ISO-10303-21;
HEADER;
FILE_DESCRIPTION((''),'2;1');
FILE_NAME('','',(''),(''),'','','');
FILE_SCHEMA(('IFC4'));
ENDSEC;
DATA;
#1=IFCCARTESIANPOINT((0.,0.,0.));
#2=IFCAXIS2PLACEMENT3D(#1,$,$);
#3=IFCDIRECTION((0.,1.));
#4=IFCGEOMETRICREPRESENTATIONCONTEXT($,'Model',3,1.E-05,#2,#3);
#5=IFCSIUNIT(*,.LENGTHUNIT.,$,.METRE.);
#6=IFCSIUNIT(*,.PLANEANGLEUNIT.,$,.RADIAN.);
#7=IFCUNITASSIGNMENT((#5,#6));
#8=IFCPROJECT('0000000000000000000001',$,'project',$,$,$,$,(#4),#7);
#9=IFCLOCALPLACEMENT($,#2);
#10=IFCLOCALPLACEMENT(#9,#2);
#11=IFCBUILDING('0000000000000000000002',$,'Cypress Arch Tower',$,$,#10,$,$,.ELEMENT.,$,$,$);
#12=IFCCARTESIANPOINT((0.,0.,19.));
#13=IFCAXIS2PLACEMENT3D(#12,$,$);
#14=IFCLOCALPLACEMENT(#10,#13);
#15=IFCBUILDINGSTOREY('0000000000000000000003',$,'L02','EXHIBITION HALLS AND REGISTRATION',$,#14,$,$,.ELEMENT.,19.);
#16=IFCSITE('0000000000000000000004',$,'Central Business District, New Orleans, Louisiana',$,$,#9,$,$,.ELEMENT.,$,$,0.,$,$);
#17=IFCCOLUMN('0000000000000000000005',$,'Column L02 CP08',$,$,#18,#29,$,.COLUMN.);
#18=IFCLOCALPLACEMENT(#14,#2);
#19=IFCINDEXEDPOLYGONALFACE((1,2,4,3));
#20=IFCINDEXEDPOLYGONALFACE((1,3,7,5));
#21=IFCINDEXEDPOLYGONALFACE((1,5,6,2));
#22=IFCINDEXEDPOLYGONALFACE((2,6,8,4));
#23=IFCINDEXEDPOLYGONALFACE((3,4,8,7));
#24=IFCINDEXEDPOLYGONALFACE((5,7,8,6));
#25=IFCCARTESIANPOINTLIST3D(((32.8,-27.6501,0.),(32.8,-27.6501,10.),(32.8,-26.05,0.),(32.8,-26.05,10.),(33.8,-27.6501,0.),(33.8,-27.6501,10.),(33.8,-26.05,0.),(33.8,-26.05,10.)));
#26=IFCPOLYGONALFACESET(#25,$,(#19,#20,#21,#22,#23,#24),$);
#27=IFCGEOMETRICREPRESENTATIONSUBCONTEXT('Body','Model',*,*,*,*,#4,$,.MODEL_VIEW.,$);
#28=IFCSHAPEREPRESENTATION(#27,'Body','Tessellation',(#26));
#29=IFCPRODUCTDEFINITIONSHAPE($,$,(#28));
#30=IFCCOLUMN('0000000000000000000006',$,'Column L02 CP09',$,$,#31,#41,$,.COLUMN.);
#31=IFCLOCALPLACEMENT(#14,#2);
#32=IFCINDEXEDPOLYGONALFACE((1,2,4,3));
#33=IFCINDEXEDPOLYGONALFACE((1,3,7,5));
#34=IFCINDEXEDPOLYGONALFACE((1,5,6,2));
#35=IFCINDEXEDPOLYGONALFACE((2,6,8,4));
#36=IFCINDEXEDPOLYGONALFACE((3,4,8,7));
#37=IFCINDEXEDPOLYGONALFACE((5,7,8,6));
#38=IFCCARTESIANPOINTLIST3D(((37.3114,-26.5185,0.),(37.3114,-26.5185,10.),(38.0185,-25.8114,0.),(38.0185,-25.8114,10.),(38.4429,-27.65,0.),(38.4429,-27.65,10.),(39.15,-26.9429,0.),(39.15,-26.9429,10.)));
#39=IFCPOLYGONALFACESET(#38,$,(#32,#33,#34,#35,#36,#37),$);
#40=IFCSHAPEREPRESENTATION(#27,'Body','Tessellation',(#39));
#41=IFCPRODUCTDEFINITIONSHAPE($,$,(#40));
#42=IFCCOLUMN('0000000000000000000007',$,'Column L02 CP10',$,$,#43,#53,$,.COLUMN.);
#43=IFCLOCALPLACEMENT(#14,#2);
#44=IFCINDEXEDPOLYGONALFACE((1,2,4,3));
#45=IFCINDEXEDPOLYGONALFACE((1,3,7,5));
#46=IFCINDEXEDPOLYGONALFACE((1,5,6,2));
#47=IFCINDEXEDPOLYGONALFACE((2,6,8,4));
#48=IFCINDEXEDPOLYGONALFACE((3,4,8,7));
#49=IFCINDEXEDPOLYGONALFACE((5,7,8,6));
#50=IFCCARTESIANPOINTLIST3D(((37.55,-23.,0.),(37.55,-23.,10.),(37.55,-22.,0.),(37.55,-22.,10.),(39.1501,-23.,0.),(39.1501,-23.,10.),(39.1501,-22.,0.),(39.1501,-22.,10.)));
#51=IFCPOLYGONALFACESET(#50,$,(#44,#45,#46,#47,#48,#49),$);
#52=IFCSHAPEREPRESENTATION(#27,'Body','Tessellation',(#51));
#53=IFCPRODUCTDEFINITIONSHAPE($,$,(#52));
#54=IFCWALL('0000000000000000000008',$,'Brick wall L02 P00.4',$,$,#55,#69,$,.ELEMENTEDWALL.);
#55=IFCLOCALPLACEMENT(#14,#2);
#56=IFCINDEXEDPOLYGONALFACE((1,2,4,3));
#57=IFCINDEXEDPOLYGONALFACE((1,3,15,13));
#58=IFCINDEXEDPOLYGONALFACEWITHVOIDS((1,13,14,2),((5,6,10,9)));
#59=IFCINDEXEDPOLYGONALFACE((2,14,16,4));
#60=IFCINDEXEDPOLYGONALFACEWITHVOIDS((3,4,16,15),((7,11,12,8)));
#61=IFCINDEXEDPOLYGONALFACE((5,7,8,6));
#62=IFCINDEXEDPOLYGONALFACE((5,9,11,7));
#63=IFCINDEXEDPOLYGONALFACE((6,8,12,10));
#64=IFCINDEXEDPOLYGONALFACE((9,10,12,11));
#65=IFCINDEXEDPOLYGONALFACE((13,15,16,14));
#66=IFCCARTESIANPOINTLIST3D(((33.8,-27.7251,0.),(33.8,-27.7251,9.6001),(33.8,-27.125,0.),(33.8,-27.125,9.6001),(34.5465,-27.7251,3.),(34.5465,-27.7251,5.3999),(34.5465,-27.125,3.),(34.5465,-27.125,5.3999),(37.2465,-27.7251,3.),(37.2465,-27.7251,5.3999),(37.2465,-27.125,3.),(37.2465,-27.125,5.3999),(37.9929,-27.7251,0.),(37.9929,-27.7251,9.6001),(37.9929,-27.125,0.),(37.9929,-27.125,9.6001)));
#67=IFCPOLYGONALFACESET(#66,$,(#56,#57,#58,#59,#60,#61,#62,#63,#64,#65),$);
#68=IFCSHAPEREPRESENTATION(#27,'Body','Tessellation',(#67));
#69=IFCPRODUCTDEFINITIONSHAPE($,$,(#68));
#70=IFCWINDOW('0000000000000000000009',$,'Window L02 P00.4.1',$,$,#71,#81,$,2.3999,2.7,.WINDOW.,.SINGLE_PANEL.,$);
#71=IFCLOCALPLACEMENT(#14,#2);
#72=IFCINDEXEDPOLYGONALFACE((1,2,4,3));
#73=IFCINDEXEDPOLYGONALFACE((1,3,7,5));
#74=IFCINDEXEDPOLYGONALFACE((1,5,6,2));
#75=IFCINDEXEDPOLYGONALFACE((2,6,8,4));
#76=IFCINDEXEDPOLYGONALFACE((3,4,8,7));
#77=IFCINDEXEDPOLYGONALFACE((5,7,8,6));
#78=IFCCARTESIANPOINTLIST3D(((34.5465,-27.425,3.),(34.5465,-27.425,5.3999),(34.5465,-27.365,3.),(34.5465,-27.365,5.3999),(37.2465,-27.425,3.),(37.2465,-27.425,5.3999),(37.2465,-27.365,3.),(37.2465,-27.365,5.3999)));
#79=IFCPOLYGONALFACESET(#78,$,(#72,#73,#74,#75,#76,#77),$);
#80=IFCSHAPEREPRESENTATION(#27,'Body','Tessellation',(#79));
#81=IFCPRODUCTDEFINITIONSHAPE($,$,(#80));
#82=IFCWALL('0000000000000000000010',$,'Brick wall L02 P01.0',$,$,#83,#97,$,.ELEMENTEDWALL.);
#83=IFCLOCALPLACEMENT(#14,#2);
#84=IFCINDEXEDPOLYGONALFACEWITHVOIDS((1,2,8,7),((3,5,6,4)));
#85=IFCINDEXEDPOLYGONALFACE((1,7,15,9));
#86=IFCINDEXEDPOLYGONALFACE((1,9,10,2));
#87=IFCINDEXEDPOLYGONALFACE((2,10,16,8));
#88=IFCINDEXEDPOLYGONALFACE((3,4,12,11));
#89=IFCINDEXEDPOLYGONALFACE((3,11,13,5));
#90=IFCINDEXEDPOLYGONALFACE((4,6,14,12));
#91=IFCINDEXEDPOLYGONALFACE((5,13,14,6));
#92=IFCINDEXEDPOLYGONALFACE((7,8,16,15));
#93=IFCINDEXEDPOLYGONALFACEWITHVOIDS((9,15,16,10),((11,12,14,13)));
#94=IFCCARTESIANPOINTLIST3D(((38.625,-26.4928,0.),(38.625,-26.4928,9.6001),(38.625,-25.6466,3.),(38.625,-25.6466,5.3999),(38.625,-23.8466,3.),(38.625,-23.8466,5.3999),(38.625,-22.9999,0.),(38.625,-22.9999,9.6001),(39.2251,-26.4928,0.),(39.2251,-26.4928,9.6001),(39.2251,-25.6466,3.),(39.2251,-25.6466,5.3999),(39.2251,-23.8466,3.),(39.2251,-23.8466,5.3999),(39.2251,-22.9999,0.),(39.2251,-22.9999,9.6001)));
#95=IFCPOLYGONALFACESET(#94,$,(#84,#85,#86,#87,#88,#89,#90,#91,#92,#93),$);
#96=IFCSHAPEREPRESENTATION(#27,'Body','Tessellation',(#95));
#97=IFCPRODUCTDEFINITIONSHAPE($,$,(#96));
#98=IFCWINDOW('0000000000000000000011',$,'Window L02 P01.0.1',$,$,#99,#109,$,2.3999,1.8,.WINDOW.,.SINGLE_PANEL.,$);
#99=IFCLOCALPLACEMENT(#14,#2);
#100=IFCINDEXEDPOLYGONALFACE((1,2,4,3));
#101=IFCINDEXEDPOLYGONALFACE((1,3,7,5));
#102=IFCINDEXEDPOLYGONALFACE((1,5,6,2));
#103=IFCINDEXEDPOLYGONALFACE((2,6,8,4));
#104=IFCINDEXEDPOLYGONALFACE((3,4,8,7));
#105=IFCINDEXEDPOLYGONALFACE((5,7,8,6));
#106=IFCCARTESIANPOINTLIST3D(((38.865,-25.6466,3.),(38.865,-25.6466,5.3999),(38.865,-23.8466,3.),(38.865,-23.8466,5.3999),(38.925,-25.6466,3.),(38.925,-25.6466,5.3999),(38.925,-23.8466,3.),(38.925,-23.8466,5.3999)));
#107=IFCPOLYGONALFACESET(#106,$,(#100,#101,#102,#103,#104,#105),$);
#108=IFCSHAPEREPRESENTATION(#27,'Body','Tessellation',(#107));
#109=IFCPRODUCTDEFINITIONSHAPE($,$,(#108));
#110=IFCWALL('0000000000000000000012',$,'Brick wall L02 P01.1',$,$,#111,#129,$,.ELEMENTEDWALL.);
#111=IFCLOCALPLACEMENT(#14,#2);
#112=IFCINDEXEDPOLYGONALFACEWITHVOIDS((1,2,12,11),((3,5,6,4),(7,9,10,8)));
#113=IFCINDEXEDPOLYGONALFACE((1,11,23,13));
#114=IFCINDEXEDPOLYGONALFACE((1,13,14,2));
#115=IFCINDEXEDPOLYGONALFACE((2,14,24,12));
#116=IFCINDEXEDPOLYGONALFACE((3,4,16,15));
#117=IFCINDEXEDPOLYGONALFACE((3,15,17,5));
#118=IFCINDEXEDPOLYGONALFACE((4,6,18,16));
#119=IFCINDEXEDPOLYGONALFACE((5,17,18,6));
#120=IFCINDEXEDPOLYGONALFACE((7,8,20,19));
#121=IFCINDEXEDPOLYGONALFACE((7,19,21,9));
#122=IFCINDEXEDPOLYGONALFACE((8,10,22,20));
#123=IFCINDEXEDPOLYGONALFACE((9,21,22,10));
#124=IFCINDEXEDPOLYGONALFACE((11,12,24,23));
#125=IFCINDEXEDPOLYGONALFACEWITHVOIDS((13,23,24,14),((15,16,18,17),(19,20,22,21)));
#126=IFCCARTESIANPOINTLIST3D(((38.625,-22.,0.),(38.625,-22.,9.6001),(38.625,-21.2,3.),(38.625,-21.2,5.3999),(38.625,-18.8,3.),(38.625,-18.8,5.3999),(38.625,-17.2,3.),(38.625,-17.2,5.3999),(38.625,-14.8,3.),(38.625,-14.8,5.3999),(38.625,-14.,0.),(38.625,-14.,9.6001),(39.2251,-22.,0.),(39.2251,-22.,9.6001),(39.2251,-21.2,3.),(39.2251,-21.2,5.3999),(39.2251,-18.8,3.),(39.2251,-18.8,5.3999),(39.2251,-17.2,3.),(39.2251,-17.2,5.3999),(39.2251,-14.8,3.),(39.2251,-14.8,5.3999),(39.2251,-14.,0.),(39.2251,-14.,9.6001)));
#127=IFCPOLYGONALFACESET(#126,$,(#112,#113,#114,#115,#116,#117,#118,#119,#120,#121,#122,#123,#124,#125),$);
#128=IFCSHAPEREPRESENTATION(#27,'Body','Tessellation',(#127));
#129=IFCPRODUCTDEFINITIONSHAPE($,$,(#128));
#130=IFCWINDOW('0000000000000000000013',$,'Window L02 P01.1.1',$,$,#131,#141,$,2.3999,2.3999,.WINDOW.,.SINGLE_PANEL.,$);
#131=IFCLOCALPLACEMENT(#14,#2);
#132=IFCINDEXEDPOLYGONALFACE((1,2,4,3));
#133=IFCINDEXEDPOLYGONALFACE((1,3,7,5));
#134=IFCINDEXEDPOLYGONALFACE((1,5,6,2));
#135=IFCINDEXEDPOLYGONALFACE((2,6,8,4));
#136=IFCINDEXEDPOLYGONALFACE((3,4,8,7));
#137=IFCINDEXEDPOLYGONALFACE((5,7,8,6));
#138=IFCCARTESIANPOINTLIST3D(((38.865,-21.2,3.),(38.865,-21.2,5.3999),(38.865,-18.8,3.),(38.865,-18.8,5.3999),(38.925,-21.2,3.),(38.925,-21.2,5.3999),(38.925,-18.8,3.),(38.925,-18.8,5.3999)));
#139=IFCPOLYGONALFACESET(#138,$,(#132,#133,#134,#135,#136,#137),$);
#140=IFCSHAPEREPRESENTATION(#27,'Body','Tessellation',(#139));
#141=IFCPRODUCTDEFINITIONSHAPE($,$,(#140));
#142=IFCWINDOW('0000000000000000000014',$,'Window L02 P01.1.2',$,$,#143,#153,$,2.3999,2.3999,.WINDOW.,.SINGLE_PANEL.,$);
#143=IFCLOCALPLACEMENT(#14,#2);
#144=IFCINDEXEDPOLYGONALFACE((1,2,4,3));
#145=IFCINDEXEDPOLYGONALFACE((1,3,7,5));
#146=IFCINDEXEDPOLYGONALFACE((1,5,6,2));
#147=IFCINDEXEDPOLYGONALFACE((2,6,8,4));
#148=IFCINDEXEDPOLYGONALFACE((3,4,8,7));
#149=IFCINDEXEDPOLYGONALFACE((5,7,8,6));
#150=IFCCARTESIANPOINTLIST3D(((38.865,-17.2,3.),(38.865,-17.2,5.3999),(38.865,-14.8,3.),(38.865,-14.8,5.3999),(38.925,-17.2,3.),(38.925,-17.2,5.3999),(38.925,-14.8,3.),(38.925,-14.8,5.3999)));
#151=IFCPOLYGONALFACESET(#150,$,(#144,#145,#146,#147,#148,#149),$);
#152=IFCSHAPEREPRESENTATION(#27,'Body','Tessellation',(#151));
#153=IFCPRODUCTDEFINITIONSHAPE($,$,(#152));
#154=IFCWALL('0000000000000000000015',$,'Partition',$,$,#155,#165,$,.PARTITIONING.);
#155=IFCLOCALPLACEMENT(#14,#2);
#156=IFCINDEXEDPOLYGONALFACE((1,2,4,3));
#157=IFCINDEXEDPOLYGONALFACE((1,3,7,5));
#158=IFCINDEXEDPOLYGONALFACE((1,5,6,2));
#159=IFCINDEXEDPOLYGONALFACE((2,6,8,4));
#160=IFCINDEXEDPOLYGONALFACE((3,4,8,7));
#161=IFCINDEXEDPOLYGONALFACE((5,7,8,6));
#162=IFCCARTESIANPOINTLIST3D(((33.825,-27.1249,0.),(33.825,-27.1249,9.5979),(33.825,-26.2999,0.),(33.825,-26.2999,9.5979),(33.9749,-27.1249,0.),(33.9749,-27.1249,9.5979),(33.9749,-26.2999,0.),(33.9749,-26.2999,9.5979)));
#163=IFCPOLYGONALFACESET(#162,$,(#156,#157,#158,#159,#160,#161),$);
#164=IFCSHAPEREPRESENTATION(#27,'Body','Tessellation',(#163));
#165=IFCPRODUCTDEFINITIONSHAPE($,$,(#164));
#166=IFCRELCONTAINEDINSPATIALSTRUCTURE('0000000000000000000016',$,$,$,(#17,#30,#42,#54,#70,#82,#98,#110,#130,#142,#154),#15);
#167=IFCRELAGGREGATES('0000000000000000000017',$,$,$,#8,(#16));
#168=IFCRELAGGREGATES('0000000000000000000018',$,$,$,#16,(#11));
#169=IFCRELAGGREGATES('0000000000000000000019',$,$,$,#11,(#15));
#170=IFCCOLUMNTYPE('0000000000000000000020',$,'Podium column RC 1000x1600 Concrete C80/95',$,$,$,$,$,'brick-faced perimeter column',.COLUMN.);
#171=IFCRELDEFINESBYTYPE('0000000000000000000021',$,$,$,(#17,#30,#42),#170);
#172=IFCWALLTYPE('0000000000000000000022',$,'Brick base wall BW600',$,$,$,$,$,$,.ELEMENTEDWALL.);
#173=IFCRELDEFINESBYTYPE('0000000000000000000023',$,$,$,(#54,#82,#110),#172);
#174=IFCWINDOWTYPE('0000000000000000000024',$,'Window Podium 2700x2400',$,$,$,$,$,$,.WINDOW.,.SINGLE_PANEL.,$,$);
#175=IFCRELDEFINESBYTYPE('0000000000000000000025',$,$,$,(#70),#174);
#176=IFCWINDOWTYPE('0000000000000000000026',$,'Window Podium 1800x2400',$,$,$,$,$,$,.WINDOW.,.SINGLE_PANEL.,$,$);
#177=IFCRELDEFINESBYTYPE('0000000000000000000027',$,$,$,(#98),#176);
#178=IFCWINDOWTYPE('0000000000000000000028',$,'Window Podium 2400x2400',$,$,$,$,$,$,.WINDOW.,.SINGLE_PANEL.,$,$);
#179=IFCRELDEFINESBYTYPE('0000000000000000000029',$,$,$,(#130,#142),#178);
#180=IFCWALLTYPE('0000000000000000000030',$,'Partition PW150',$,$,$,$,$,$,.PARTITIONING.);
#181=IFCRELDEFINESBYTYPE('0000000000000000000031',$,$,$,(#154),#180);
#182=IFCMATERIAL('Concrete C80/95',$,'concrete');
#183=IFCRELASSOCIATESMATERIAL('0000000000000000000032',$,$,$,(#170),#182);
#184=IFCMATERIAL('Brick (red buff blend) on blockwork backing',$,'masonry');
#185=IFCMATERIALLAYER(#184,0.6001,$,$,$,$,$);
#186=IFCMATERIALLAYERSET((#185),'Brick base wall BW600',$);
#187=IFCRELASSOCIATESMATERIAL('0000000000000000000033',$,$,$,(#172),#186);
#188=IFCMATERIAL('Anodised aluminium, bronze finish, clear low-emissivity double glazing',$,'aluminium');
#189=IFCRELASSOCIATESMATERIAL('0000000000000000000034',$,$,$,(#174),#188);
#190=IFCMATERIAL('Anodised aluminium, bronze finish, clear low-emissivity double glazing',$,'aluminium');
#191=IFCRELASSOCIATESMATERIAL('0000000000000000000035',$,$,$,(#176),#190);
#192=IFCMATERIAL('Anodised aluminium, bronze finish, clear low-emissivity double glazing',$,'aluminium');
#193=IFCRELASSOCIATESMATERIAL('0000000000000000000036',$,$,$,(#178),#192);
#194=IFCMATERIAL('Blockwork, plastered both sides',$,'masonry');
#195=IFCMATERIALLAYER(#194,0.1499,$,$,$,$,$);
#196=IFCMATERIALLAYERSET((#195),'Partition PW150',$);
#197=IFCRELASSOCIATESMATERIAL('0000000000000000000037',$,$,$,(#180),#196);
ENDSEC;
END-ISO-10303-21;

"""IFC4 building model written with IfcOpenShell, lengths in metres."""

from ifc_helpers import new_model, si_unit, direction, frame, frame_2d, origin, origin_2d, place, context, subcontext, project, spatial, rectangle, extrude, material, layer, layer_set, material_profile, profile_set, type_object, element, fill, save


model = new_model("IFC4")

# Units and contexts
model_context = context("Model", 3, precision=1e-05, world=origin(), true_north=direction((0.0, 1.0)))
body_context = subcontext(model_context, "Body", "Model", "MODEL_VIEW")
ifc_project = project(units=[si_unit("LENGTHUNIT", "METRE"), si_unit("PLANEANGLEUNIT", "RADIAN")], contexts=[model_context])

# Site, building, storey
site_placement = place(None, origin())
site = spatial("IfcSite", under=ifc_project, at=site_placement, Name="Central Business District, New Orleans, Louisiana", CompositionType="ELEMENT", RefElevation=0.0)
building_placement = place(site_placement, origin())
building = spatial("IfcBuilding", under=site, at=building_placement, Name="Cypress Arch Tower", CompositionType="ELEMENT")
storey_placement = place(building_placement, frame((0.0, 0.0, 19.0)))
storey = spatial("IfcBuildingStorey", under=building, at=storey_placement, Name="L02", Description="EXHIBITION HALLS AND REGISTRATION", CompositionType="ELEMENT", Elevation=19.0)

# Columns
ifc_material_1 = material(Name="Concrete C80/95", Category="concrete")
ifc_material_profile = material_profile(ifc_material_1, rectangle(XDim=1.0, YDim=1.6001, at=origin_2d()), Name="RC 1000x1600")
ifc_profile_set = profile_set([ifc_material_profile], Name="Concrete C80/95")
column_type = type_object("IfcColumnType", Name="Podium column RC 1000x1600 Concrete C80/95", ElementType="brick-faced perimeter column", PredefinedType="COLUMN", material=ifc_profile_set)
for number, where, z_axis, x_axis, name in (
    (1, (33.3, -26.8501, 0.0), (0.0, 0.0, 1.0), (1.0, 0.0, 0.0), "Column L02 CP08"),
    (2, (38.2307, -26.7307, 0.0), (0.0, 0.0, 1.0), (0.707107, 0.707107, 0.0), "Column L02 CP09"),
    (3, (38.3501, -22.5, 0.0), (0.0, 0.0, 1.0), (0.0, 1.0, 0.0), "Column L02 CP10"),
):
    element("IfcColumn", number, at=place(storey_placement, frame(where, z_axis=z_axis, x_axis=x_axis)), inside=storey, type_object=column_type, Name=name, PredefinedType="COLUMN", context=body_context, shape_type="SweptSolid", body=[
        extrude(rectangle(XDim=1.0, YDim=1.6001, at=origin_2d()), origin(), (0.0, 0.0, 1.0), 10.0),
    ])

# Walls, openings, windows
ifc_material_2 = material(Name="Brick (red buff blend) on blockwork backing", Category="masonry")
ifc_layer_1 = layer(ifc_material_2, 0.6001)
ifc_layer_set_1 = layer_set([ifc_layer_1], Name="Brick base wall BW600")
wall_type_1 = type_object("IfcWallType", Name="Brick base wall BW600", PredefinedType="ELEMENTEDWALL", material=ifc_layer_set_1)
wall_1_placement = place(storey_placement, frame((33.8, -27.425, 0.0), z_axis=(0.0, 0.0, 1.0), x_axis=(1.0, 0.0, 0.0)))
wall_1 = element("IfcWall", 4, at=wall_1_placement, inside=storey, type_object=wall_type_1, Name="Brick wall L02 P00.4", PredefinedType="ELEMENTEDWALL", context=body_context, shape_type="SweptSolid", body=[
    extrude(rectangle(XDim=4.1929, YDim=0.6001, at=frame_2d((2.0964, 0.0))), origin(), (0.0, 0.0, 1.0), 9.6001),
])
opening_1_placement = place(wall_1_placement, frame((0.7463, 0.0, 3.0)))
opening_1 = element("IfcOpeningElement", 5, at=opening_1_placement, cuts=wall_1, PredefinedType="OPENING", context=body_context, shape_type="SweptSolid", body=[
    extrude(rectangle(XDim=2.7, YDim=2.3999, at=frame_2d((1.3501, 1.2))), frame((0.0, 0.3101, 0.0), z_axis=(0.0, -1.0, 0.0), x_axis=(1.0, 0.0, 0.0)), (0.0, 0.0, 1.0), 0.6201),
])
ifc_material_3 = material(Name="Anodised aluminium, bronze finish, clear low-emissivity double glazing", Category="aluminium")
window_type_1 = type_object("IfcWindowType", Name="Window Podium 2700x2400", PartitioningType="SINGLE_PANEL", PredefinedType="WINDOW", material=ifc_material_3)
window_1_placement = place(opening_1_placement, origin())
window_1 = element("IfcWindow", 6, at=window_1_placement, inside=storey, type_object=window_type_1, Name="Window L02 P00.4.1", OverallHeight=2.3999, OverallWidth=2.7, PartitioningType="SINGLE_PANEL", PredefinedType="WINDOW", context=body_context, shape_type="SweptSolid", body=[
    extrude(rectangle(XDim=2.7, YDim=2.3999, at=frame_2d((1.3501, 1.2))), frame((0.0, 0.0601, 0.0), z_axis=(0.0, -1.0, 0.0), x_axis=(1.0, 0.0, 0.0)), (0.0, 0.0, 1.0), 0.0601),
])
fill(opening_1, window_1)
wall_2_placement = place(storey_placement, frame((38.925, -26.4929, 0.0), z_axis=(0.0, 0.0, 1.0), x_axis=(0.0, 1.0, 0.0)))
wall_2 = element("IfcWall", 7, at=wall_2_placement, inside=storey, type_object=wall_type_1, Name="Brick wall L02 P01.0", PredefinedType="ELEMENTEDWALL", context=body_context, shape_type="SweptSolid", body=[
    extrude(rectangle(XDim=3.4929, YDim=0.6001, at=frame_2d((1.7466, 0.0))), origin(), (0.0, 0.0, 1.0), 9.6001),
])
opening_2_placement = place(wall_2_placement, frame((0.8464, 0.0, 3.0)))
opening_2 = element("IfcOpeningElement", 8, at=opening_2_placement, cuts=wall_2, PredefinedType="OPENING", context=body_context, shape_type="SweptSolid", body=[
    extrude(rectangle(XDim=1.8, YDim=2.3999, at=frame_2d((0.8999, 1.2))), frame((0.0, 0.3101, 0.0), z_axis=(0.0, -1.0, 0.0), x_axis=(1.0, 0.0, 0.0)), (0.0, 0.0, 1.0), 0.6201),
])
ifc_material_4 = material(Name="Anodised aluminium, bronze finish, clear low-emissivity double glazing", Category="aluminium")
window_type_2 = type_object("IfcWindowType", Name="Window Podium 1800x2400", PartitioningType="SINGLE_PANEL", PredefinedType="WINDOW", material=ifc_material_4)
window_2_placement = place(opening_2_placement, origin())
window_2 = element("IfcWindow", 9, at=window_2_placement, inside=storey, type_object=window_type_2, Name="Window L02 P01.0.1", OverallHeight=2.3999, OverallWidth=1.8, PartitioningType="SINGLE_PANEL", PredefinedType="WINDOW", context=body_context, shape_type="SweptSolid", body=[
    extrude(rectangle(XDim=1.8, YDim=2.3999, at=frame_2d((0.8999, 1.2))), frame((0.0, 0.0601, 0.0), z_axis=(0.0, -1.0, 0.0), x_axis=(1.0, 0.0, 0.0)), (0.0, 0.0, 1.0), 0.0601),
])
fill(opening_2, window_2)

# Wall, openings, windows
wall_3_placement = place(storey_placement, frame((38.925, -22.0, 0.0), z_axis=(0.0, 0.0, 1.0), x_axis=(0.0, 1.0, 0.0)))
wall_3 = element("IfcWall", 10, at=wall_3_placement, inside=storey, type_object=wall_type_1, Name="Brick wall L02 P01.1", PredefinedType="ELEMENTEDWALL", context=body_context, shape_type="SweptSolid", body=[
    extrude(rectangle(XDim=8.0, YDim=0.6001, at=frame_2d((4.0, 0.0))), origin(), (0.0, 0.0, 1.0), 9.6001),
])
opening_3_placement = place(wall_3_placement, frame((0.8, 0.0, 3.0)))
opening_3 = element("IfcOpeningElement", 11, at=opening_3_placement, cuts=wall_3, PredefinedType="OPENING", context=body_context, shape_type="SweptSolid", body=[
    extrude(rectangle(XDim=2.3999, YDim=2.3999, at=frame_2d((1.2, 1.2))), frame((0.0, 0.3101, 0.0), z_axis=(0.0, -1.0, 0.0), x_axis=(1.0, 0.0, 0.0)), (0.0, 0.0, 1.0), 0.6201),
])
opening_4_placement = place(wall_3_placement, frame((4.8, 0.0, 3.0)))
opening_4 = element("IfcOpeningElement", 12, at=opening_4_placement, cuts=wall_3, PredefinedType="OPENING", context=body_context, shape_type="SweptSolid", body=[
    extrude(rectangle(XDim=2.3999, YDim=2.3999, at=frame_2d((1.2, 1.2))), frame((0.0, 0.3101, 0.0), z_axis=(0.0, -1.0, 0.0), x_axis=(1.0, 0.0, 0.0)), (0.0, 0.0, 1.0), 0.6201),
])
ifc_material_5 = material(Name="Anodised aluminium, bronze finish, clear low-emissivity double glazing", Category="aluminium")
window_type_3 = type_object("IfcWindowType", Name="Window Podium 2400x2400", PartitioningType="SINGLE_PANEL", PredefinedType="WINDOW", material=ifc_material_5)
window_3_placement = place(opening_3_placement, origin())
window_3 = element("IfcWindow", 13, at=window_3_placement, inside=storey, type_object=window_type_3, Name="Window L02 P01.1.1", OverallHeight=2.3999, OverallWidth=2.3999, PartitioningType="SINGLE_PANEL", PredefinedType="WINDOW", context=body_context, shape_type="SweptSolid", body=[
    extrude(rectangle(XDim=2.3999, YDim=2.3999, at=frame_2d((1.2, 1.2))), frame((0.0, 0.0601, 0.0), z_axis=(0.0, -1.0, 0.0), x_axis=(1.0, 0.0, 0.0)), (0.0, 0.0, 1.0), 0.0601),
])
fill(opening_3, window_3)
window_4_placement = place(opening_4_placement, origin())
window_4 = element("IfcWindow", 14, at=window_4_placement, inside=storey, type_object=window_type_3, Name="Window L02 P01.1.2", OverallHeight=2.3999, OverallWidth=2.3999, PartitioningType="SINGLE_PANEL", PredefinedType="WINDOW", context=body_context, shape_type="SweptSolid", body=[
    extrude(rectangle(XDim=2.3999, YDim=2.3999, at=frame_2d((1.2, 1.2))), frame((0.0, 0.0601, 0.0), z_axis=(0.0, -1.0, 0.0), x_axis=(1.0, 0.0, 0.0)), (0.0, 0.0, 1.0), 0.0601),
])
fill(opening_4, window_4)

# Wall
ifc_material_6 = material(Name="Blockwork, plastered both sides", Category="masonry")
ifc_layer_2 = layer(ifc_material_6, 0.1499)
ifc_layer_set_2 = layer_set([ifc_layer_2], Name="Partition PW150")
wall_type_2 = type_object("IfcWallType", Name="Partition PW150", PredefinedType="PARTITIONING", material=ifc_layer_set_2)
wall_4_placement = place(storey_placement, frame((33.8999, -27.125, 0.0), z_axis=(0.0, 0.0, 1.0), x_axis=(0.0, 1.0, 0.0)))
element("IfcWall", 15, at=wall_4_placement, inside=storey, type_object=wall_type_2, Name="Partition", PredefinedType="PARTITIONING", context=body_context, shape_type="SweptSolid", body=[
    extrude(rectangle(XDim=0.825, YDim=0.1499, at=frame_2d((0.4126, 0.0))), origin(), (0.0, 0.0, 1.0), 9.5979),
])

save(model, "model.ifc")
